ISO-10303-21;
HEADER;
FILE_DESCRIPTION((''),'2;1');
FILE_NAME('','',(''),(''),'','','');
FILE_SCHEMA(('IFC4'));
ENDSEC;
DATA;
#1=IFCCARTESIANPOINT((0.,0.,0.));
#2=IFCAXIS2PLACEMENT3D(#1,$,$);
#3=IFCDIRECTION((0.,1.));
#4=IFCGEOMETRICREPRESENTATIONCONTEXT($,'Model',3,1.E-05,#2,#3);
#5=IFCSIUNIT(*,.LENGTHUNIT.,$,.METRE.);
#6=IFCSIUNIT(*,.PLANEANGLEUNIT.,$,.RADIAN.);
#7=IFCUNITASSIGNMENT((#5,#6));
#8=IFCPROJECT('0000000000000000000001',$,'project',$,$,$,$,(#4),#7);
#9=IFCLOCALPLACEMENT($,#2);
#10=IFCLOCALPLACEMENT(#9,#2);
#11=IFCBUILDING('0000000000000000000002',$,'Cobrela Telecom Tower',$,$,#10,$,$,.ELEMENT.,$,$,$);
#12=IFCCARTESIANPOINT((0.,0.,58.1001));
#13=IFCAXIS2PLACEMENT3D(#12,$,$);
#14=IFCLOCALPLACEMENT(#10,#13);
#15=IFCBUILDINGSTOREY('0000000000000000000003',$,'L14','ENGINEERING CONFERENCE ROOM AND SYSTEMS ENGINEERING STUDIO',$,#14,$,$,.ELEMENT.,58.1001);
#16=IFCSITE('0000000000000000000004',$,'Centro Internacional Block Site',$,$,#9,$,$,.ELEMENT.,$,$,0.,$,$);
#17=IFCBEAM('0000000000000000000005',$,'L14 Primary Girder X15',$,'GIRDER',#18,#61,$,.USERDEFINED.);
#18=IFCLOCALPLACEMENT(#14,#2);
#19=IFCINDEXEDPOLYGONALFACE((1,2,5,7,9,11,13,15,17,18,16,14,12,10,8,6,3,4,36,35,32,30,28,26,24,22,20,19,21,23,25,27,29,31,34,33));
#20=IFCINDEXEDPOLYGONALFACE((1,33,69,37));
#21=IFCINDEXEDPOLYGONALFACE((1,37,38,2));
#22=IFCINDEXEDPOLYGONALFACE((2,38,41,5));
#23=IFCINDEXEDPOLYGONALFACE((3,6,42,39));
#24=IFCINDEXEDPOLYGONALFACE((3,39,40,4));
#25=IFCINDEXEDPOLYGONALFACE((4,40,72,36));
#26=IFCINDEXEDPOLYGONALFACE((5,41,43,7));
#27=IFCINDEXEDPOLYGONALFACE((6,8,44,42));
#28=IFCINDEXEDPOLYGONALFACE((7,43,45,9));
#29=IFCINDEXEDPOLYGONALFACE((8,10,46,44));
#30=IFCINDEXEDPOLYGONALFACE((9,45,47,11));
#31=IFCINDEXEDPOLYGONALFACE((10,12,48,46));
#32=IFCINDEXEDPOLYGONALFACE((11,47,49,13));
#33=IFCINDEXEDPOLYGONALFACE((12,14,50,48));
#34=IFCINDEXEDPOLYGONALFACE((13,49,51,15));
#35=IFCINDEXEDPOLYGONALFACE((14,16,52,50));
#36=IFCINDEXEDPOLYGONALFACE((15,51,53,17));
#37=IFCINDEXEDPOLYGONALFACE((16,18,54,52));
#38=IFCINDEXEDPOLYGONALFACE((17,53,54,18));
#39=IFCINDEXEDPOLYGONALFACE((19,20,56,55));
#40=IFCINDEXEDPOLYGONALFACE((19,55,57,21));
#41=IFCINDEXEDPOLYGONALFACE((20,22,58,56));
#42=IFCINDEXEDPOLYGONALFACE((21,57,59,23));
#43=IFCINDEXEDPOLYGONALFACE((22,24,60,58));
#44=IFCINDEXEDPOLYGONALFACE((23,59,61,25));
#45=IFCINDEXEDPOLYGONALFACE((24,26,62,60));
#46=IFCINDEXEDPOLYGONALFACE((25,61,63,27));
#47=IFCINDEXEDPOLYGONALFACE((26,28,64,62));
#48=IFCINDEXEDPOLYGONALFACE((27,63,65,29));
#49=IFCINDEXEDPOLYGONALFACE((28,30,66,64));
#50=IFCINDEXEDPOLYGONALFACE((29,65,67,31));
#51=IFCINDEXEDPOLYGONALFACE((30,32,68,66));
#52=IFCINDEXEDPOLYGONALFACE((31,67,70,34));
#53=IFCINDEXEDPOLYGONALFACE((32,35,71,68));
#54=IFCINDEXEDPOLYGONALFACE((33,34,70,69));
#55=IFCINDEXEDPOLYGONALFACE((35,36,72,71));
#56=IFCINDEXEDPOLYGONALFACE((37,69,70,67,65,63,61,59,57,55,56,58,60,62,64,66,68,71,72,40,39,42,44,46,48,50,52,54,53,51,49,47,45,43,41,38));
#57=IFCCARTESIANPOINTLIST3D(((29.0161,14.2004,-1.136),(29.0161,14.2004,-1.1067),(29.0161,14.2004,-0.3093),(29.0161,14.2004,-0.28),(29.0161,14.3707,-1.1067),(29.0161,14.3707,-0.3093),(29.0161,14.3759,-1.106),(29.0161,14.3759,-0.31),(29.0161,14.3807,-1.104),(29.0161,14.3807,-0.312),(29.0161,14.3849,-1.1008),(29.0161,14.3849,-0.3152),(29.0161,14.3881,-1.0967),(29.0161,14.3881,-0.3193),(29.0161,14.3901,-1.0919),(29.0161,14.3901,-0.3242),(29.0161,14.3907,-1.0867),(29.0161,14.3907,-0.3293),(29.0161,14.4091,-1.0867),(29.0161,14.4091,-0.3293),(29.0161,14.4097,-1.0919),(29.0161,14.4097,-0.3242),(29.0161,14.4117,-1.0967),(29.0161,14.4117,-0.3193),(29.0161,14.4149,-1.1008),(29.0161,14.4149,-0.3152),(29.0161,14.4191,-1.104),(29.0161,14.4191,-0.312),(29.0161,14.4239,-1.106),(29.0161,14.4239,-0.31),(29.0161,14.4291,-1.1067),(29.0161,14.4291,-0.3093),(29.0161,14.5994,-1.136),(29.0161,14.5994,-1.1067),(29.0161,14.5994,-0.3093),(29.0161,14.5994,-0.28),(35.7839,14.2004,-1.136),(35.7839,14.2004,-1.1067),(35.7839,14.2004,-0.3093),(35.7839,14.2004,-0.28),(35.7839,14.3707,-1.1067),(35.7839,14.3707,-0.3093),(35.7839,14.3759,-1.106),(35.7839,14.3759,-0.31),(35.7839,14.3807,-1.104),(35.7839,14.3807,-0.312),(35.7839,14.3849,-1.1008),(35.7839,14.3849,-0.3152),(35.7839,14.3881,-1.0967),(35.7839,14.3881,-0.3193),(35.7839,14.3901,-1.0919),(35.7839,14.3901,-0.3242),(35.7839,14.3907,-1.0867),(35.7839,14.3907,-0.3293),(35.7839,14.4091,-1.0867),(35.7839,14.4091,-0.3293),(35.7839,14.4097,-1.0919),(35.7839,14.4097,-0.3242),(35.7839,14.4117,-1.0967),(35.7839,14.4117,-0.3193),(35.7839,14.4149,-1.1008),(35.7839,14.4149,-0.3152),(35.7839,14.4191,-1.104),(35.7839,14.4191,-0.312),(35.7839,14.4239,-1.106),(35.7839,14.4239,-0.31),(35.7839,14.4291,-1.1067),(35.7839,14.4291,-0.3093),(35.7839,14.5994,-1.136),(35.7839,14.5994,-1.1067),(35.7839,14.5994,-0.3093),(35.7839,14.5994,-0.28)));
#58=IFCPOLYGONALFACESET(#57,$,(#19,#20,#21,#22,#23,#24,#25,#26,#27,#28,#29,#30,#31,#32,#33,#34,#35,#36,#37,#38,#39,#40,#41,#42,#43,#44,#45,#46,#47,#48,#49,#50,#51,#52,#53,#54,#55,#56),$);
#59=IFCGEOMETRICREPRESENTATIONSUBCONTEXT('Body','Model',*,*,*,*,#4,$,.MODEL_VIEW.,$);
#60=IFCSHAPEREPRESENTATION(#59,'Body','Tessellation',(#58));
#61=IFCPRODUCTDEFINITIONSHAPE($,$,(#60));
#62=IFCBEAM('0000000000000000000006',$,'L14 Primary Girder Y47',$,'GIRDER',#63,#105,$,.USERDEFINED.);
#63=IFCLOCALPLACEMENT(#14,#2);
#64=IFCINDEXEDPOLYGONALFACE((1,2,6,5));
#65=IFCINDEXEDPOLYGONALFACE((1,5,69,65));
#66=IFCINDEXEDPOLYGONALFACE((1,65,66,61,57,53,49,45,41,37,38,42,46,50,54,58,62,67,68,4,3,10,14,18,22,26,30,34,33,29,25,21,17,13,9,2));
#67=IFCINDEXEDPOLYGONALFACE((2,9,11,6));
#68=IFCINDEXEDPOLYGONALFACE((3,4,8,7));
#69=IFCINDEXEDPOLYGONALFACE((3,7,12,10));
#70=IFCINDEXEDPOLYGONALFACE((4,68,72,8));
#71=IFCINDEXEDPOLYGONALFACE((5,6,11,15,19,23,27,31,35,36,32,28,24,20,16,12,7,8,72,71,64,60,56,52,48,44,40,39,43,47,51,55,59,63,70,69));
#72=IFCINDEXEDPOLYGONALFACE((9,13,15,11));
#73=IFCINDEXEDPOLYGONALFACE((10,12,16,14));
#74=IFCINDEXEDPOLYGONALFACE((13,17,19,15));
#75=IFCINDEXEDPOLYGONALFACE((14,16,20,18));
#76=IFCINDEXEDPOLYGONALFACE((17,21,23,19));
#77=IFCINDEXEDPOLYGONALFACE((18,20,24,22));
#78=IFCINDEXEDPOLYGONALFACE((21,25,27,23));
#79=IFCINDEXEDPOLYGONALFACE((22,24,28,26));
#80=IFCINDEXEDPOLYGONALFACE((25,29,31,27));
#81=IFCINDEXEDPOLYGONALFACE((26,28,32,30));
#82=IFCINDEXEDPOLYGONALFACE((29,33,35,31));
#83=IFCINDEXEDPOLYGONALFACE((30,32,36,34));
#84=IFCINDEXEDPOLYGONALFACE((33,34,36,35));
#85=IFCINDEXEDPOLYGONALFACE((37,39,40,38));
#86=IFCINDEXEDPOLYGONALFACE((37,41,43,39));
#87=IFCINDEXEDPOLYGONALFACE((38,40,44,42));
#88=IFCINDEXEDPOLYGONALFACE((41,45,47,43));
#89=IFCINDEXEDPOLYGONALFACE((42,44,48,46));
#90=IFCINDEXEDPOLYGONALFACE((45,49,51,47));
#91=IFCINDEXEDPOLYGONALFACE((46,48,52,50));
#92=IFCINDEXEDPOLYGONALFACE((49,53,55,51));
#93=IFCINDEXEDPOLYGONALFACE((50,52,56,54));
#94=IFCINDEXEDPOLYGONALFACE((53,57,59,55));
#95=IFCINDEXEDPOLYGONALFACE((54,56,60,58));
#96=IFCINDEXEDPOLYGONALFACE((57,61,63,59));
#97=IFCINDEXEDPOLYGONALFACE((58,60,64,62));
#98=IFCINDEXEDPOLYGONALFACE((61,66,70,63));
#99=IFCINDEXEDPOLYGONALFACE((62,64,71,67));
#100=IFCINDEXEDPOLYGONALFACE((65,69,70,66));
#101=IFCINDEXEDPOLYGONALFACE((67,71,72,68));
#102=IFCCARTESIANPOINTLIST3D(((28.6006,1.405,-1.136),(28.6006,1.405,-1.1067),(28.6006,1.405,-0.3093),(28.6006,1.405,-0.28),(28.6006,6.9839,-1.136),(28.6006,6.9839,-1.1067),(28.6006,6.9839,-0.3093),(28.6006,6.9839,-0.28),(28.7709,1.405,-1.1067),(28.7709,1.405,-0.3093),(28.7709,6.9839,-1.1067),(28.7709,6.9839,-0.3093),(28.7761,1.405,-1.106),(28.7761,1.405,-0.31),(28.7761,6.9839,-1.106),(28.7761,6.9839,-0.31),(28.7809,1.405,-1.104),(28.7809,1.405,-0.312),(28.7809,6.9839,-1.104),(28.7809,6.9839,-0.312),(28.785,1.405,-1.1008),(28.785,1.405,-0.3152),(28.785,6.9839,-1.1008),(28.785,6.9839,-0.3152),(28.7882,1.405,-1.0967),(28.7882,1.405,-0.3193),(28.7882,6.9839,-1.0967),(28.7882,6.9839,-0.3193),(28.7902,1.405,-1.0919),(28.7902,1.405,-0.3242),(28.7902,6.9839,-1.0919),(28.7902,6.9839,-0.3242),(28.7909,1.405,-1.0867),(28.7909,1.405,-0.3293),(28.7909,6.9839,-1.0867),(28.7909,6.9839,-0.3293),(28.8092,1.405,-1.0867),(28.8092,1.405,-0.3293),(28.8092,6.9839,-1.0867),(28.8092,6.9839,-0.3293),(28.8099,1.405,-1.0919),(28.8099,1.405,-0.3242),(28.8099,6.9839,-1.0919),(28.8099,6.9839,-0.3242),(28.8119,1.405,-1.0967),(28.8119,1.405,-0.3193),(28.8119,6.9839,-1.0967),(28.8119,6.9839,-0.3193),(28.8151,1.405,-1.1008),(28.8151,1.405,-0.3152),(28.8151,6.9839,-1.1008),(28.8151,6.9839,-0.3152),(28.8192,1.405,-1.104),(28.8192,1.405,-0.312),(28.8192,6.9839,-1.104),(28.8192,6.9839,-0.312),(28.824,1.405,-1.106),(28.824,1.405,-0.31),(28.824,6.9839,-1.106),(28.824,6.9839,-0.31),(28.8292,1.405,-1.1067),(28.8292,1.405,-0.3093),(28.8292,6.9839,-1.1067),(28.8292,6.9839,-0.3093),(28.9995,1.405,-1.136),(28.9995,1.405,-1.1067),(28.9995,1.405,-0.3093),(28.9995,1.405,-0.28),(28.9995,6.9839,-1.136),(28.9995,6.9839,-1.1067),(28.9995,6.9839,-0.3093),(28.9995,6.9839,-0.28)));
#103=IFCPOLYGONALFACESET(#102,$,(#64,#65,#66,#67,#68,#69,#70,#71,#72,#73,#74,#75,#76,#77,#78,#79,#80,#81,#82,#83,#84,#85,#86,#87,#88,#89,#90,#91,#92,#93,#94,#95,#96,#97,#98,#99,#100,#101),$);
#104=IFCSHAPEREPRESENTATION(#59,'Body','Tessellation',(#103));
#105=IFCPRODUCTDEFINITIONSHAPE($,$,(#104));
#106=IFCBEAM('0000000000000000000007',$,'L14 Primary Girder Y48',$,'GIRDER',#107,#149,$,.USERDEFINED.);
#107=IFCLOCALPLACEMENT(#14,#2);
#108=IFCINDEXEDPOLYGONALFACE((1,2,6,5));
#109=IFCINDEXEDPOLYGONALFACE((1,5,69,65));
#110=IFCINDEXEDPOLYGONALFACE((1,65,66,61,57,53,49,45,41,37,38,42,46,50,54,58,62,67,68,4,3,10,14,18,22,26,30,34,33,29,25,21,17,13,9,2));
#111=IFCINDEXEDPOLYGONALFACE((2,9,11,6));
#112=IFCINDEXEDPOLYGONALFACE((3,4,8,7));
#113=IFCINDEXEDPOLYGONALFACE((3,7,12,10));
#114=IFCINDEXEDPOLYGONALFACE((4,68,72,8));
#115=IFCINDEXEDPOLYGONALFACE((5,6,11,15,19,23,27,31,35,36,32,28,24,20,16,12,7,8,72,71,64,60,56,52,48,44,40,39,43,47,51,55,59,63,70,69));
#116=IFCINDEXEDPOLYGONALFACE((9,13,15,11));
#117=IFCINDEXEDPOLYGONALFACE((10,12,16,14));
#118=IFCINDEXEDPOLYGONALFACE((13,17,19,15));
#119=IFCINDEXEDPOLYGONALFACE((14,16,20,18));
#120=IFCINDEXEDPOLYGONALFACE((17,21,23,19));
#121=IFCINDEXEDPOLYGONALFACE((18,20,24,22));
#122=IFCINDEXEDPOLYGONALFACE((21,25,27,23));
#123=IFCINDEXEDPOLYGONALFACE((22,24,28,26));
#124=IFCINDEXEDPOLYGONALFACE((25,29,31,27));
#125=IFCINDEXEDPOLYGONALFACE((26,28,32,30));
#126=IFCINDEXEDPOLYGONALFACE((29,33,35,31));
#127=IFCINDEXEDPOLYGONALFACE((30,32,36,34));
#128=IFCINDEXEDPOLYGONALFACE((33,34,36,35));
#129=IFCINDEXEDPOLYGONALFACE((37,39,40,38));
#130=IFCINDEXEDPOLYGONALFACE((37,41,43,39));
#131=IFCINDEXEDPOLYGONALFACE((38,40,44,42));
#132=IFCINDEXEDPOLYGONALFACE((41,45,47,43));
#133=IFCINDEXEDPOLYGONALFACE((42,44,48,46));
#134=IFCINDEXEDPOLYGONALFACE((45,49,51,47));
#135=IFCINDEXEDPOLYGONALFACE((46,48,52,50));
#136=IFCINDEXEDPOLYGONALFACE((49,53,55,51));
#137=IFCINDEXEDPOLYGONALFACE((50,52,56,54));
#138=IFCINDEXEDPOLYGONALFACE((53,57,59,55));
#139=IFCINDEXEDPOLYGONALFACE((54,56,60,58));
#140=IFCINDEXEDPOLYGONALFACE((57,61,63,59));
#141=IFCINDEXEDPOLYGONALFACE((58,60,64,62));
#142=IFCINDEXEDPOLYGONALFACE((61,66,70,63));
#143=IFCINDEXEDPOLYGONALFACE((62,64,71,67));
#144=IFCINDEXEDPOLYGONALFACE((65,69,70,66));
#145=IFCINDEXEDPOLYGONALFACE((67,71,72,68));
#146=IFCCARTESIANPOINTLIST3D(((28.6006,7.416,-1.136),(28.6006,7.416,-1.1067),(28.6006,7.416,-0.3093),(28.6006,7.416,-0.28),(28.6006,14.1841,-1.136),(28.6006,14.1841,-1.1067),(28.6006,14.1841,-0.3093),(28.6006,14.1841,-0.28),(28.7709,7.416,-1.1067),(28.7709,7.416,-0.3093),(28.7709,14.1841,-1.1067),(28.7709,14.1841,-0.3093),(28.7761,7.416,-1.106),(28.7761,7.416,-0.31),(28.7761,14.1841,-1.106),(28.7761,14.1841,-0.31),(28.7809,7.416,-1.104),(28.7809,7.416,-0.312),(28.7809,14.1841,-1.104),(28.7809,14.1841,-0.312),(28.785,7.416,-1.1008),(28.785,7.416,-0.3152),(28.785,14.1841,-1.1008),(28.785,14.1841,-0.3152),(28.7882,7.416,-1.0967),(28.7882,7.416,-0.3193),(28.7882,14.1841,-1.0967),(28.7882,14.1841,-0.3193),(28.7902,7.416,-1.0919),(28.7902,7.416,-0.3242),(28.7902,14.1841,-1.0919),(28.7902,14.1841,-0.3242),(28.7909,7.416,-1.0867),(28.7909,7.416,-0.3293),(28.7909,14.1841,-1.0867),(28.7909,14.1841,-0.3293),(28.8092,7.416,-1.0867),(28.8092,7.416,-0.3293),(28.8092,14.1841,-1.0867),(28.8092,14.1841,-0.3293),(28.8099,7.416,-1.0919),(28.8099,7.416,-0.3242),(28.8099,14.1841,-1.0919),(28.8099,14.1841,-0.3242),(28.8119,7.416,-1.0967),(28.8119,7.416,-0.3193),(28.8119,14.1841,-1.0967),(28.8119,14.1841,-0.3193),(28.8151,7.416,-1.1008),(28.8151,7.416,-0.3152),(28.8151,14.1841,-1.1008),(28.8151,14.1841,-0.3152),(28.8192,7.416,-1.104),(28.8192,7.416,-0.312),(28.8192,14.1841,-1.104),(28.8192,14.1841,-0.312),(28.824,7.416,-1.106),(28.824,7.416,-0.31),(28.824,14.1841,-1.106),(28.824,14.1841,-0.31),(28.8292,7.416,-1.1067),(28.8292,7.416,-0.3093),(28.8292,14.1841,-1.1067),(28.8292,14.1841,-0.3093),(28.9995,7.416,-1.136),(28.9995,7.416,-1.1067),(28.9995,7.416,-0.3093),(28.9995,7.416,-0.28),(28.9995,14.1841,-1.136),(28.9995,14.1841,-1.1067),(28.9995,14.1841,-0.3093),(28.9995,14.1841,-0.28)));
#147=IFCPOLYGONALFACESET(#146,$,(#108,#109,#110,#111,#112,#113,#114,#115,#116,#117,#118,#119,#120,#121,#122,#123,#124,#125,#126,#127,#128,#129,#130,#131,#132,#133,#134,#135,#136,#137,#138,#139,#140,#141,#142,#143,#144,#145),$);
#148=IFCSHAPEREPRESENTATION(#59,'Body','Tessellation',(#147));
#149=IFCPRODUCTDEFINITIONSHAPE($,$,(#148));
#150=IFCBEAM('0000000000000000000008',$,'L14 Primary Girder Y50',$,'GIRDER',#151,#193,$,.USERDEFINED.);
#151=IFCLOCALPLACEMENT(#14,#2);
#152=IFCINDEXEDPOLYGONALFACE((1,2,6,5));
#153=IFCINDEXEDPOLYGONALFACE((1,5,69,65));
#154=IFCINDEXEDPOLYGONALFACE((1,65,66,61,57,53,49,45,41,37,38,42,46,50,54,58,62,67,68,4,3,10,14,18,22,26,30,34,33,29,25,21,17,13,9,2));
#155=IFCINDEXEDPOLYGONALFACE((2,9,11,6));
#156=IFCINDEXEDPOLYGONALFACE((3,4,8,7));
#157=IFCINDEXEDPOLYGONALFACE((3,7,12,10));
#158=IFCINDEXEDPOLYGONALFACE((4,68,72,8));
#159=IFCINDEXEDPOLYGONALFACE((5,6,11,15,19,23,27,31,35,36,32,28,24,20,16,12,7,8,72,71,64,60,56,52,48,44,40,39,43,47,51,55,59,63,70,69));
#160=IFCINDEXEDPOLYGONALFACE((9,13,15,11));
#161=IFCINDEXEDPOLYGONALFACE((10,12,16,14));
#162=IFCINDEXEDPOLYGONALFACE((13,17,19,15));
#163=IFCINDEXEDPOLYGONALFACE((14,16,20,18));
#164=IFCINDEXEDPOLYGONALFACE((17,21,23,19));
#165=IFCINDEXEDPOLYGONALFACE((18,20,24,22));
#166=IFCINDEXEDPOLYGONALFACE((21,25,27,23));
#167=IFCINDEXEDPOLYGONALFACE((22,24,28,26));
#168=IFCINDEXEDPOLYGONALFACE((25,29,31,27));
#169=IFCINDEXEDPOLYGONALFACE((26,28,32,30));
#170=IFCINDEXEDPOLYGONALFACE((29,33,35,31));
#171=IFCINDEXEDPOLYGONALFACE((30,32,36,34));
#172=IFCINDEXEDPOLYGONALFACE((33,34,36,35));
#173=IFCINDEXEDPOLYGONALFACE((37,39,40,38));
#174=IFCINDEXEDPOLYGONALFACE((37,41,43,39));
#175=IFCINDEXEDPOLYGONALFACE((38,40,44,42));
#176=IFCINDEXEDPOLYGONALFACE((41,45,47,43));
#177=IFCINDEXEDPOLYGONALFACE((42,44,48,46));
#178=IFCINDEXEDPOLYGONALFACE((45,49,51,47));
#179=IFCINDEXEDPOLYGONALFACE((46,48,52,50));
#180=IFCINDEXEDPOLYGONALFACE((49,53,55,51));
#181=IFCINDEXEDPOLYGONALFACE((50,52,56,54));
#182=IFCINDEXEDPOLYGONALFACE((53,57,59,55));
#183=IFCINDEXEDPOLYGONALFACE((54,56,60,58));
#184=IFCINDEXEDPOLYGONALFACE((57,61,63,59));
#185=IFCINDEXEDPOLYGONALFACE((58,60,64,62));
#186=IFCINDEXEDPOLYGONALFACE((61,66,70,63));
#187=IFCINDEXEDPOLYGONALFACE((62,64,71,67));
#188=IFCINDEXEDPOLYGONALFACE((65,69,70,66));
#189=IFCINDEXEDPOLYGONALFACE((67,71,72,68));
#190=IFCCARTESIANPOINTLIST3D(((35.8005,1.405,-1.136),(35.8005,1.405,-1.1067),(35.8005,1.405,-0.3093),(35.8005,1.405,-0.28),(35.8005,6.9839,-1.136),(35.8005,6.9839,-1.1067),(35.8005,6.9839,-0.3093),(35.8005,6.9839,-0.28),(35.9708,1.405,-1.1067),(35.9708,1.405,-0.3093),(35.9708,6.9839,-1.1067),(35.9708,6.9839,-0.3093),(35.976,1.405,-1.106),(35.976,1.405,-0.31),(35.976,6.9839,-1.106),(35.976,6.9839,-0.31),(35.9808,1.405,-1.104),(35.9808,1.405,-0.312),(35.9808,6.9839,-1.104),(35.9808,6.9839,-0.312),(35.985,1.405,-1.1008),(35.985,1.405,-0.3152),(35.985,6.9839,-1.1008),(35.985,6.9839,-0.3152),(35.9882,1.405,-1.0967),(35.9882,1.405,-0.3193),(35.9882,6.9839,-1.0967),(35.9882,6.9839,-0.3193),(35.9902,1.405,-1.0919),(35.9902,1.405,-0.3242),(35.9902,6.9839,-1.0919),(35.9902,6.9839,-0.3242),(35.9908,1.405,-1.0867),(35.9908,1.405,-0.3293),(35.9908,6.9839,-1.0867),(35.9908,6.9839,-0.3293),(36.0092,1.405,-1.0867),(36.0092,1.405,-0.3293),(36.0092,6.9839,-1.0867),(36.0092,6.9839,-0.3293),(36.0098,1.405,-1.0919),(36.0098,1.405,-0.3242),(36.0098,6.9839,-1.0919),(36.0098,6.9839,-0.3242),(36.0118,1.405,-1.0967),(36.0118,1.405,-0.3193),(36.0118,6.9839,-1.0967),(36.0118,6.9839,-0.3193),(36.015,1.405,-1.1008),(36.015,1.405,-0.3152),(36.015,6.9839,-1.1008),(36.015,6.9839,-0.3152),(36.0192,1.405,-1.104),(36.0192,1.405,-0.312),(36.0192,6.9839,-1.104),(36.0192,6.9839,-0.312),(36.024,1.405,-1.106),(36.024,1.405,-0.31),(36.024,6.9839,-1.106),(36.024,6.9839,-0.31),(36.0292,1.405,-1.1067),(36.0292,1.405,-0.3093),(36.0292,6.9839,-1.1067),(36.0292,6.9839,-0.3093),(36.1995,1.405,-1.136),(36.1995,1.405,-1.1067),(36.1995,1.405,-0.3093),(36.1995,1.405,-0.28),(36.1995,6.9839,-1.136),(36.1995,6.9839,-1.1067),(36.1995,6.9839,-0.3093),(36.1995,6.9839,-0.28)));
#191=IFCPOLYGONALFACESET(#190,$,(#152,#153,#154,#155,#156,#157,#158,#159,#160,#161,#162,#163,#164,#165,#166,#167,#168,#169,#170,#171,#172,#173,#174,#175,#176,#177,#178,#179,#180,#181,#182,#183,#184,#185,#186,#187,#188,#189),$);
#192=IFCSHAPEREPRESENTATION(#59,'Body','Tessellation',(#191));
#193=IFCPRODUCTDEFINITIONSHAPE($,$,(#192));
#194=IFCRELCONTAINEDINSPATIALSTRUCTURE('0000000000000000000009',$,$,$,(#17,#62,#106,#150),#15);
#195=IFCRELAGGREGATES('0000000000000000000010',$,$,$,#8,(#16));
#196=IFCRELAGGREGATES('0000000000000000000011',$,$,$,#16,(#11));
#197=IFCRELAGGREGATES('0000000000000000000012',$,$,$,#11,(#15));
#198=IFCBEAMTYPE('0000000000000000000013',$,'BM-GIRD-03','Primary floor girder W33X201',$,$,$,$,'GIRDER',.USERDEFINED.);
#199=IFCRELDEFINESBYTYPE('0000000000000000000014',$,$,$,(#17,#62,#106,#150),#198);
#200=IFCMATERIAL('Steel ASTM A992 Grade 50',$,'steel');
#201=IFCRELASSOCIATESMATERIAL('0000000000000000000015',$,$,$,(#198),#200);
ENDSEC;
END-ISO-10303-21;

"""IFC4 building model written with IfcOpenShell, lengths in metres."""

from ifc_helpers import new_model, si_unit, direction, frame, origin, origin_2d, place, context, subcontext, project, spatial, i_section, extrude, material, material_profile, profile_set, type_object, element, save


model = new_model("IFC4")

# Units and contexts
model_context = context("Model", 3, precision=1e-05, world=origin(), true_north=direction((0.0, 1.0)))
body_context = subcontext(model_context, "Body", "Model", "MODEL_VIEW")
ifc_project = project(units=[si_unit("LENGTHUNIT", "METRE"), si_unit("PLANEANGLEUNIT", "RADIAN")], contexts=[model_context])

# Site, building, storey
site_placement = place(None, origin())
site = spatial("IfcSite", under=ifc_project, at=site_placement, Name="Centro Internacional Block Site", CompositionType="ELEMENT", RefElevation=0.0)
building_placement = place(site_placement, origin())
building = spatial("IfcBuilding", under=site, at=building_placement, Name="Cobrela Telecom Tower", CompositionType="ELEMENT")
storey_placement = place(building_placement, frame((0.0, 0.0, 58.1001)))
storey = spatial("IfcBuildingStorey", under=building, at=storey_placement, Name="L14", Description="ENGINEERING CONFERENCE ROOM AND SYSTEMS ENGINEERING STUDIO", CompositionType="ELEMENT", Elevation=58.1001)

# Shared definitions
ifc_material_1 = material(Name="Steel ASTM A992 Grade 50", Category="steel")

# Beams
ifc_material_profile_1 = material_profile(ifc_material_1, i_section(OverallWidth=0.3989, OverallDepth=0.856, WebThickness=0.0183, FlangeThickness=0.0293, FilletRadius=0.02, at=origin_2d()), Name="W33X201")
ifc_profile_set_1 = profile_set([ifc_material_profile_1], Name="Steel ASTM A992 Grade 50")
beam_type_1 = type_object("IfcBeamType", Name="BM-GIRD-03", Description="Primary floor girder W33X201", ElementType="GIRDER", PredefinedType="USERDEFINED", material=ifc_profile_set_1)
for number, where, z_axis, x_axis, name in (
    (1, (29.0161, 14.3999, -0.708), (1.0, 0.0, 0.0), (0.0, 1.0, 0.0), "L14 Primary Girder X15"),
):
    element("IfcBeam", number, at=place(storey_placement, frame(where, z_axis=z_axis, x_axis=x_axis)), inside=storey, type_object=beam_type_1, Name=name, ObjectType="GIRDER", PredefinedType="USERDEFINED", context=body_context, shape_type="SweptSolid", body=[
        extrude(i_section(OverallWidth=0.3989, OverallDepth=0.856, WebThickness=0.0183, FlangeThickness=0.0293, FilletRadius=0.02, at=origin_2d()), origin(), (0.0, 0.0, 1.0), 6.7678),
    ])
beam_1_placement = place(storey_placement, frame((28.8, 1.405, -0.708), z_axis=(0.0, 1.0, 0.0), x_axis=(-1.0, 0.0, 0.0)))
element("IfcBeam", 2, at=beam_1_placement, inside=storey, type_object=beam_type_1, Name="L14 Primary Girder Y47", ObjectType="GIRDER", PredefinedType="USERDEFINED", context=body_context, shape_type="SweptSolid", body=[
    extrude(i_section(OverallWidth=0.3989, OverallDepth=0.856, WebThickness=0.0183, FlangeThickness=0.0293, FilletRadius=0.02, at=origin_2d()), origin(), (0.0, 0.0, 1.0), 5.5789),
])
beam_2_placement = place(storey_placement, frame((28.8, 7.416, -0.708), z_axis=(0.0, 1.0, 0.0), x_axis=(-1.0, 0.0, 0.0)))
element("IfcBeam", 3, at=beam_2_placement, inside=storey, type_object=beam_type_1, Name="L14 Primary Girder Y48", ObjectType="GIRDER", PredefinedType="USERDEFINED", context=body_context, shape_type="SweptSolid", body=[
    extrude(i_section(OverallWidth=0.3989, OverallDepth=0.856, WebThickness=0.0183, FlangeThickness=0.0293, FilletRadius=0.02, at=origin_2d()), origin(), (0.0, 0.0, 1.0), 6.7681),
])
beam_3_placement = place(storey_placement, frame((36.0, 1.405, -0.708), z_axis=(0.0, 1.0, 0.0), x_axis=(-1.0, 0.0, 0.0)))
element("IfcBeam", 4, at=beam_3_placement, inside=storey, type_object=beam_type_1, Name="L14 Primary Girder Y50", ObjectType="GIRDER", PredefinedType="USERDEFINED", context=body_context, shape_type="SweptSolid", body=[
    extrude(i_section(OverallWidth=0.3989, OverallDepth=0.856, WebThickness=0.0183, FlangeThickness=0.0293, FilletRadius=0.02, at=origin_2d()), origin(), (0.0, 0.0, 1.0), 5.5789),
])

save(model, "model.ifc")
